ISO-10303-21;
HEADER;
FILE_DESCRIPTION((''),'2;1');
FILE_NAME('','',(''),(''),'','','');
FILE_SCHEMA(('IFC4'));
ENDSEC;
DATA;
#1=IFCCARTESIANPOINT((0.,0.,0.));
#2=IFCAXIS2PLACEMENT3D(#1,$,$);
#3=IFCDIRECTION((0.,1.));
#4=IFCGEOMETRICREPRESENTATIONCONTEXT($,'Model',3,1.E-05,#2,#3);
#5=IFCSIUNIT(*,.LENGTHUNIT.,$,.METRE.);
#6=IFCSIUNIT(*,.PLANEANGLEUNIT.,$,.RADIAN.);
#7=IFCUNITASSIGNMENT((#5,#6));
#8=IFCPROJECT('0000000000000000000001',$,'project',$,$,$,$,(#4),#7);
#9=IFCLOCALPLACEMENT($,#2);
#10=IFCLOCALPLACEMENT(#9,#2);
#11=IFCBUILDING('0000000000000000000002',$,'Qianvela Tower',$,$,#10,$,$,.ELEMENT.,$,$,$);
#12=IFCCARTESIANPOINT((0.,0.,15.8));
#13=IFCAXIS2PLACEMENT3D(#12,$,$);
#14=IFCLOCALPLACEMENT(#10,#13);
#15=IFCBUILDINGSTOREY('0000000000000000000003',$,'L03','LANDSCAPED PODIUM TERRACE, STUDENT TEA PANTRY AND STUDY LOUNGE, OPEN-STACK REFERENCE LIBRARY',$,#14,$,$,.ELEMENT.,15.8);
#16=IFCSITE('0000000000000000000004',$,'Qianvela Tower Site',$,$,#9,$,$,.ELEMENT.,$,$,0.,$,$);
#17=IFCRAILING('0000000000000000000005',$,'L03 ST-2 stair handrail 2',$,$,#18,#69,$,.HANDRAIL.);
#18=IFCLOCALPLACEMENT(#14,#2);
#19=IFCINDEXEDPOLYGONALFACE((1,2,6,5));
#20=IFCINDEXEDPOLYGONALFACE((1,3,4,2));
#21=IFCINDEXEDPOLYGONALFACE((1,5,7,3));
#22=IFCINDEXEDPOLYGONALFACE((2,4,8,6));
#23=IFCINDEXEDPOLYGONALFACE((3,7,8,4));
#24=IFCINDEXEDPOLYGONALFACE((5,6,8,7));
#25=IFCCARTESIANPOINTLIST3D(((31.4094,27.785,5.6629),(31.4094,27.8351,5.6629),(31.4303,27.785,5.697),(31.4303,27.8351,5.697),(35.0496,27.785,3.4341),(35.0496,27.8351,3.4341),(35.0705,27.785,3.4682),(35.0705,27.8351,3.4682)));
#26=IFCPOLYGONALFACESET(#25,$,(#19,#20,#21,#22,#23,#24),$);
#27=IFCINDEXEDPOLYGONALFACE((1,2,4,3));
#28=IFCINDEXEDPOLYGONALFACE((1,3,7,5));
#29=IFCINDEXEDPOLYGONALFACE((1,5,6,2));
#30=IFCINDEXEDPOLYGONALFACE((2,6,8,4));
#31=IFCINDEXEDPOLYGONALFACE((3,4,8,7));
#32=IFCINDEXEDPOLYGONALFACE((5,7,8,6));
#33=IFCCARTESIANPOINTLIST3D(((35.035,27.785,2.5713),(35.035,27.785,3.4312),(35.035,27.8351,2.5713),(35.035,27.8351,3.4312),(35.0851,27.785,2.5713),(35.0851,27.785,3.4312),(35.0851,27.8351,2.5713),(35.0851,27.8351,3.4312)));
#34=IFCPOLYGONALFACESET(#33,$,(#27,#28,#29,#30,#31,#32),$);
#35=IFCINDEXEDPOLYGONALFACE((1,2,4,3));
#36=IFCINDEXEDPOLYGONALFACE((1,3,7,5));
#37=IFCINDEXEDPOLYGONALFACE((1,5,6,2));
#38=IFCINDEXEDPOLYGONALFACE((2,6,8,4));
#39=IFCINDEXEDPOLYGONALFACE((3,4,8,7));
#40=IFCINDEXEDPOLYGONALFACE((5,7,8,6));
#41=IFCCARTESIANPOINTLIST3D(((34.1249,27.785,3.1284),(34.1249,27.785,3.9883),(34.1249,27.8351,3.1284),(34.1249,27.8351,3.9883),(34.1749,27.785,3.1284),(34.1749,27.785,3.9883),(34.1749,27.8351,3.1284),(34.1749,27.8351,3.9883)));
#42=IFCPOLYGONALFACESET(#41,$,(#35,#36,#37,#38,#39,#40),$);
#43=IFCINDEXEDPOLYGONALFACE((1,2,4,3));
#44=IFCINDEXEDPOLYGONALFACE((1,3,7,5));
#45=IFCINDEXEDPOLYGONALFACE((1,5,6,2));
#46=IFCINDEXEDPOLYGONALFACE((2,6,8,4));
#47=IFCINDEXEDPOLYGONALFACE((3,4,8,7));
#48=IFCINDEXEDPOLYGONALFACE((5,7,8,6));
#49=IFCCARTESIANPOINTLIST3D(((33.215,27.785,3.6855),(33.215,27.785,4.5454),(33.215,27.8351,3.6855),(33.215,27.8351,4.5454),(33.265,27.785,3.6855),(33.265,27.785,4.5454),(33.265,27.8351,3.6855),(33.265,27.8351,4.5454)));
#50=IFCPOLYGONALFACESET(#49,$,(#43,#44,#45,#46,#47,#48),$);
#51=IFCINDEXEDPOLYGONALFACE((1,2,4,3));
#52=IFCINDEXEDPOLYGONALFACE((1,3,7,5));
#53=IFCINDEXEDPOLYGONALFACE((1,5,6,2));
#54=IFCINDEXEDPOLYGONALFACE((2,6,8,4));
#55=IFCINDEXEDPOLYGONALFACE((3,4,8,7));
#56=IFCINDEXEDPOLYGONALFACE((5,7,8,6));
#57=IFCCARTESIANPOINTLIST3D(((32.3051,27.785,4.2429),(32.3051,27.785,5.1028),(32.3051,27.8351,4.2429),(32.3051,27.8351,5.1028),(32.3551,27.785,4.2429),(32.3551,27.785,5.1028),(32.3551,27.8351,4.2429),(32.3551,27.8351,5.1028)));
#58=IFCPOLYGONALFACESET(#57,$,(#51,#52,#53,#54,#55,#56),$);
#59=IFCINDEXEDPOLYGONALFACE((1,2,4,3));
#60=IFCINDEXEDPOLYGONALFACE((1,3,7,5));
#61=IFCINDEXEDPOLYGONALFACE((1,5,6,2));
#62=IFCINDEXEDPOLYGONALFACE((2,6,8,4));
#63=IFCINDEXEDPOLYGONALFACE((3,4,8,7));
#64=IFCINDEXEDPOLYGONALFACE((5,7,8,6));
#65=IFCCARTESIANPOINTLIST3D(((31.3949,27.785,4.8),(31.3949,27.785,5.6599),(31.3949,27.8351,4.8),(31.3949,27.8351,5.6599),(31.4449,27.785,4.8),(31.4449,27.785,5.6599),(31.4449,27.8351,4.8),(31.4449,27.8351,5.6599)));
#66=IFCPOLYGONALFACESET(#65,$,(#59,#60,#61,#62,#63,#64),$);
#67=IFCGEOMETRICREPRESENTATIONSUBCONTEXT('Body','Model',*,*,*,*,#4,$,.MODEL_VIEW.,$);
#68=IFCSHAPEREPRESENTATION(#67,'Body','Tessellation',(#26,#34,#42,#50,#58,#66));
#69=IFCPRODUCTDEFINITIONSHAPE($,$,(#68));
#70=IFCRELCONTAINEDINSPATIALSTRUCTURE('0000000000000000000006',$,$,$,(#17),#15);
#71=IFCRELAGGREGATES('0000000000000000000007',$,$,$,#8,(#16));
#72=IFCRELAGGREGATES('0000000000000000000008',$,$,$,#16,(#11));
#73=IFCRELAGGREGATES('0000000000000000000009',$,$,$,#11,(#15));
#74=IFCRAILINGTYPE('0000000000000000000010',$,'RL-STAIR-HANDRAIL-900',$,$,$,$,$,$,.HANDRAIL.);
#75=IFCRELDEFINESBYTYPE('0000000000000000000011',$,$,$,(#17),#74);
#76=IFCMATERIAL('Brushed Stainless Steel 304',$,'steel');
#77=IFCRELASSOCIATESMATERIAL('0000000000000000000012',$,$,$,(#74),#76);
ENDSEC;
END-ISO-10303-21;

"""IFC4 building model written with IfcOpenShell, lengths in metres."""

from ifc_helpers import new_model, si_unit, direction, frame, origin, origin_2d, place, context, subcontext, project, spatial, rectangle, extrude, material, type_object, element, save


model = new_model("IFC4")

# Units and contexts
model_context = context("Model", 3, precision=1e-05, world=origin(), true_north=direction((0.0, 1.0)))
body_context = subcontext(model_context, "Body", "Model", "MODEL_VIEW")
ifc_project = project(units=[si_unit("LENGTHUNIT", "METRE"), si_unit("PLANEANGLEUNIT", "RADIAN")], contexts=[model_context])

# Site, building, storey
site_placement = place(None, origin())
site = spatial("IfcSite", under=ifc_project, at=site_placement, Name="Qianvela Tower Site", CompositionType="ELEMENT", RefElevation=0.0)
building_placement = place(site_placement, origin())
building = spatial("IfcBuilding", under=site, at=building_placement, Name="Qianvela Tower", CompositionType="ELEMENT")
storey_placement = place(building_placement, frame((0.0, 0.0, 15.8)))
storey = spatial("IfcBuildingStorey", under=building, at=storey_placement, Name="L03", Description="LANDSCAPED PODIUM TERRACE, STUDENT TEA PANTRY AND STUDY LOUNGE, OPEN-STACK REFERENCE LIBRARY", CompositionType="ELEMENT", Elevation=15.8)

# Railing
ifc_material_1 = material(Name="Brushed Stainless Steel 304", Category="steel")
railing_type_1 = type_object("IfcRailingType", Name="RL-STAIR-HANDRAIL-900", PredefinedType="HANDRAIL", material=ifc_material_1)
for number, where, name in (
    (1, (35.0601, 27.8101, 2.5713), "L03 ST-2 stair handrail 2"),
):
    element("IfcRailing", number, at=place(storey_placement, frame(where)), inside=storey, type_object=railing_type_1, Name=name, PredefinedType="HANDRAIL", context=body_context, shape_type="SweptSolid", body=[
        extrude(rectangle(XDim=0.05, YDim=0.04, at=origin_2d()), frame((0.0, 0.0, 0.8799), z_axis=(-0.85284, 0.0, 0.522172), x_axis=(0.0, -1.0, 0.0)), (0.0, 0.0, 1.0), 4.2683),
        extrude(rectangle(XDim=0.05, YDim=0.05, at=origin_2d()), origin(), (0.0, 0.0, 1.0), 0.8599),
        extrude(rectangle(XDim=0.05, YDim=0.05, at=origin_2d()), frame((-0.9102, 0.0, 0.5571)), (0.0, 0.0, 1.0), 0.8599),
        extrude(rectangle(XDim=0.05, YDim=0.05, at=origin_2d()), frame((-1.8201, 0.0, 1.1143)), (0.0, 0.0, 1.0), 0.8599),
        extrude(rectangle(XDim=0.05, YDim=0.05, at=origin_2d()), frame((-2.73, 0.0, 1.6716)), (0.0, 0.0, 1.0), 0.8599),
        extrude(rectangle(XDim=0.05, YDim=0.05, at=origin_2d()), frame((-3.6401, 0.0, 2.2288)), (0.0, 0.0, 1.0), 0.8599),
    ])

save(model, "model.ifc")
